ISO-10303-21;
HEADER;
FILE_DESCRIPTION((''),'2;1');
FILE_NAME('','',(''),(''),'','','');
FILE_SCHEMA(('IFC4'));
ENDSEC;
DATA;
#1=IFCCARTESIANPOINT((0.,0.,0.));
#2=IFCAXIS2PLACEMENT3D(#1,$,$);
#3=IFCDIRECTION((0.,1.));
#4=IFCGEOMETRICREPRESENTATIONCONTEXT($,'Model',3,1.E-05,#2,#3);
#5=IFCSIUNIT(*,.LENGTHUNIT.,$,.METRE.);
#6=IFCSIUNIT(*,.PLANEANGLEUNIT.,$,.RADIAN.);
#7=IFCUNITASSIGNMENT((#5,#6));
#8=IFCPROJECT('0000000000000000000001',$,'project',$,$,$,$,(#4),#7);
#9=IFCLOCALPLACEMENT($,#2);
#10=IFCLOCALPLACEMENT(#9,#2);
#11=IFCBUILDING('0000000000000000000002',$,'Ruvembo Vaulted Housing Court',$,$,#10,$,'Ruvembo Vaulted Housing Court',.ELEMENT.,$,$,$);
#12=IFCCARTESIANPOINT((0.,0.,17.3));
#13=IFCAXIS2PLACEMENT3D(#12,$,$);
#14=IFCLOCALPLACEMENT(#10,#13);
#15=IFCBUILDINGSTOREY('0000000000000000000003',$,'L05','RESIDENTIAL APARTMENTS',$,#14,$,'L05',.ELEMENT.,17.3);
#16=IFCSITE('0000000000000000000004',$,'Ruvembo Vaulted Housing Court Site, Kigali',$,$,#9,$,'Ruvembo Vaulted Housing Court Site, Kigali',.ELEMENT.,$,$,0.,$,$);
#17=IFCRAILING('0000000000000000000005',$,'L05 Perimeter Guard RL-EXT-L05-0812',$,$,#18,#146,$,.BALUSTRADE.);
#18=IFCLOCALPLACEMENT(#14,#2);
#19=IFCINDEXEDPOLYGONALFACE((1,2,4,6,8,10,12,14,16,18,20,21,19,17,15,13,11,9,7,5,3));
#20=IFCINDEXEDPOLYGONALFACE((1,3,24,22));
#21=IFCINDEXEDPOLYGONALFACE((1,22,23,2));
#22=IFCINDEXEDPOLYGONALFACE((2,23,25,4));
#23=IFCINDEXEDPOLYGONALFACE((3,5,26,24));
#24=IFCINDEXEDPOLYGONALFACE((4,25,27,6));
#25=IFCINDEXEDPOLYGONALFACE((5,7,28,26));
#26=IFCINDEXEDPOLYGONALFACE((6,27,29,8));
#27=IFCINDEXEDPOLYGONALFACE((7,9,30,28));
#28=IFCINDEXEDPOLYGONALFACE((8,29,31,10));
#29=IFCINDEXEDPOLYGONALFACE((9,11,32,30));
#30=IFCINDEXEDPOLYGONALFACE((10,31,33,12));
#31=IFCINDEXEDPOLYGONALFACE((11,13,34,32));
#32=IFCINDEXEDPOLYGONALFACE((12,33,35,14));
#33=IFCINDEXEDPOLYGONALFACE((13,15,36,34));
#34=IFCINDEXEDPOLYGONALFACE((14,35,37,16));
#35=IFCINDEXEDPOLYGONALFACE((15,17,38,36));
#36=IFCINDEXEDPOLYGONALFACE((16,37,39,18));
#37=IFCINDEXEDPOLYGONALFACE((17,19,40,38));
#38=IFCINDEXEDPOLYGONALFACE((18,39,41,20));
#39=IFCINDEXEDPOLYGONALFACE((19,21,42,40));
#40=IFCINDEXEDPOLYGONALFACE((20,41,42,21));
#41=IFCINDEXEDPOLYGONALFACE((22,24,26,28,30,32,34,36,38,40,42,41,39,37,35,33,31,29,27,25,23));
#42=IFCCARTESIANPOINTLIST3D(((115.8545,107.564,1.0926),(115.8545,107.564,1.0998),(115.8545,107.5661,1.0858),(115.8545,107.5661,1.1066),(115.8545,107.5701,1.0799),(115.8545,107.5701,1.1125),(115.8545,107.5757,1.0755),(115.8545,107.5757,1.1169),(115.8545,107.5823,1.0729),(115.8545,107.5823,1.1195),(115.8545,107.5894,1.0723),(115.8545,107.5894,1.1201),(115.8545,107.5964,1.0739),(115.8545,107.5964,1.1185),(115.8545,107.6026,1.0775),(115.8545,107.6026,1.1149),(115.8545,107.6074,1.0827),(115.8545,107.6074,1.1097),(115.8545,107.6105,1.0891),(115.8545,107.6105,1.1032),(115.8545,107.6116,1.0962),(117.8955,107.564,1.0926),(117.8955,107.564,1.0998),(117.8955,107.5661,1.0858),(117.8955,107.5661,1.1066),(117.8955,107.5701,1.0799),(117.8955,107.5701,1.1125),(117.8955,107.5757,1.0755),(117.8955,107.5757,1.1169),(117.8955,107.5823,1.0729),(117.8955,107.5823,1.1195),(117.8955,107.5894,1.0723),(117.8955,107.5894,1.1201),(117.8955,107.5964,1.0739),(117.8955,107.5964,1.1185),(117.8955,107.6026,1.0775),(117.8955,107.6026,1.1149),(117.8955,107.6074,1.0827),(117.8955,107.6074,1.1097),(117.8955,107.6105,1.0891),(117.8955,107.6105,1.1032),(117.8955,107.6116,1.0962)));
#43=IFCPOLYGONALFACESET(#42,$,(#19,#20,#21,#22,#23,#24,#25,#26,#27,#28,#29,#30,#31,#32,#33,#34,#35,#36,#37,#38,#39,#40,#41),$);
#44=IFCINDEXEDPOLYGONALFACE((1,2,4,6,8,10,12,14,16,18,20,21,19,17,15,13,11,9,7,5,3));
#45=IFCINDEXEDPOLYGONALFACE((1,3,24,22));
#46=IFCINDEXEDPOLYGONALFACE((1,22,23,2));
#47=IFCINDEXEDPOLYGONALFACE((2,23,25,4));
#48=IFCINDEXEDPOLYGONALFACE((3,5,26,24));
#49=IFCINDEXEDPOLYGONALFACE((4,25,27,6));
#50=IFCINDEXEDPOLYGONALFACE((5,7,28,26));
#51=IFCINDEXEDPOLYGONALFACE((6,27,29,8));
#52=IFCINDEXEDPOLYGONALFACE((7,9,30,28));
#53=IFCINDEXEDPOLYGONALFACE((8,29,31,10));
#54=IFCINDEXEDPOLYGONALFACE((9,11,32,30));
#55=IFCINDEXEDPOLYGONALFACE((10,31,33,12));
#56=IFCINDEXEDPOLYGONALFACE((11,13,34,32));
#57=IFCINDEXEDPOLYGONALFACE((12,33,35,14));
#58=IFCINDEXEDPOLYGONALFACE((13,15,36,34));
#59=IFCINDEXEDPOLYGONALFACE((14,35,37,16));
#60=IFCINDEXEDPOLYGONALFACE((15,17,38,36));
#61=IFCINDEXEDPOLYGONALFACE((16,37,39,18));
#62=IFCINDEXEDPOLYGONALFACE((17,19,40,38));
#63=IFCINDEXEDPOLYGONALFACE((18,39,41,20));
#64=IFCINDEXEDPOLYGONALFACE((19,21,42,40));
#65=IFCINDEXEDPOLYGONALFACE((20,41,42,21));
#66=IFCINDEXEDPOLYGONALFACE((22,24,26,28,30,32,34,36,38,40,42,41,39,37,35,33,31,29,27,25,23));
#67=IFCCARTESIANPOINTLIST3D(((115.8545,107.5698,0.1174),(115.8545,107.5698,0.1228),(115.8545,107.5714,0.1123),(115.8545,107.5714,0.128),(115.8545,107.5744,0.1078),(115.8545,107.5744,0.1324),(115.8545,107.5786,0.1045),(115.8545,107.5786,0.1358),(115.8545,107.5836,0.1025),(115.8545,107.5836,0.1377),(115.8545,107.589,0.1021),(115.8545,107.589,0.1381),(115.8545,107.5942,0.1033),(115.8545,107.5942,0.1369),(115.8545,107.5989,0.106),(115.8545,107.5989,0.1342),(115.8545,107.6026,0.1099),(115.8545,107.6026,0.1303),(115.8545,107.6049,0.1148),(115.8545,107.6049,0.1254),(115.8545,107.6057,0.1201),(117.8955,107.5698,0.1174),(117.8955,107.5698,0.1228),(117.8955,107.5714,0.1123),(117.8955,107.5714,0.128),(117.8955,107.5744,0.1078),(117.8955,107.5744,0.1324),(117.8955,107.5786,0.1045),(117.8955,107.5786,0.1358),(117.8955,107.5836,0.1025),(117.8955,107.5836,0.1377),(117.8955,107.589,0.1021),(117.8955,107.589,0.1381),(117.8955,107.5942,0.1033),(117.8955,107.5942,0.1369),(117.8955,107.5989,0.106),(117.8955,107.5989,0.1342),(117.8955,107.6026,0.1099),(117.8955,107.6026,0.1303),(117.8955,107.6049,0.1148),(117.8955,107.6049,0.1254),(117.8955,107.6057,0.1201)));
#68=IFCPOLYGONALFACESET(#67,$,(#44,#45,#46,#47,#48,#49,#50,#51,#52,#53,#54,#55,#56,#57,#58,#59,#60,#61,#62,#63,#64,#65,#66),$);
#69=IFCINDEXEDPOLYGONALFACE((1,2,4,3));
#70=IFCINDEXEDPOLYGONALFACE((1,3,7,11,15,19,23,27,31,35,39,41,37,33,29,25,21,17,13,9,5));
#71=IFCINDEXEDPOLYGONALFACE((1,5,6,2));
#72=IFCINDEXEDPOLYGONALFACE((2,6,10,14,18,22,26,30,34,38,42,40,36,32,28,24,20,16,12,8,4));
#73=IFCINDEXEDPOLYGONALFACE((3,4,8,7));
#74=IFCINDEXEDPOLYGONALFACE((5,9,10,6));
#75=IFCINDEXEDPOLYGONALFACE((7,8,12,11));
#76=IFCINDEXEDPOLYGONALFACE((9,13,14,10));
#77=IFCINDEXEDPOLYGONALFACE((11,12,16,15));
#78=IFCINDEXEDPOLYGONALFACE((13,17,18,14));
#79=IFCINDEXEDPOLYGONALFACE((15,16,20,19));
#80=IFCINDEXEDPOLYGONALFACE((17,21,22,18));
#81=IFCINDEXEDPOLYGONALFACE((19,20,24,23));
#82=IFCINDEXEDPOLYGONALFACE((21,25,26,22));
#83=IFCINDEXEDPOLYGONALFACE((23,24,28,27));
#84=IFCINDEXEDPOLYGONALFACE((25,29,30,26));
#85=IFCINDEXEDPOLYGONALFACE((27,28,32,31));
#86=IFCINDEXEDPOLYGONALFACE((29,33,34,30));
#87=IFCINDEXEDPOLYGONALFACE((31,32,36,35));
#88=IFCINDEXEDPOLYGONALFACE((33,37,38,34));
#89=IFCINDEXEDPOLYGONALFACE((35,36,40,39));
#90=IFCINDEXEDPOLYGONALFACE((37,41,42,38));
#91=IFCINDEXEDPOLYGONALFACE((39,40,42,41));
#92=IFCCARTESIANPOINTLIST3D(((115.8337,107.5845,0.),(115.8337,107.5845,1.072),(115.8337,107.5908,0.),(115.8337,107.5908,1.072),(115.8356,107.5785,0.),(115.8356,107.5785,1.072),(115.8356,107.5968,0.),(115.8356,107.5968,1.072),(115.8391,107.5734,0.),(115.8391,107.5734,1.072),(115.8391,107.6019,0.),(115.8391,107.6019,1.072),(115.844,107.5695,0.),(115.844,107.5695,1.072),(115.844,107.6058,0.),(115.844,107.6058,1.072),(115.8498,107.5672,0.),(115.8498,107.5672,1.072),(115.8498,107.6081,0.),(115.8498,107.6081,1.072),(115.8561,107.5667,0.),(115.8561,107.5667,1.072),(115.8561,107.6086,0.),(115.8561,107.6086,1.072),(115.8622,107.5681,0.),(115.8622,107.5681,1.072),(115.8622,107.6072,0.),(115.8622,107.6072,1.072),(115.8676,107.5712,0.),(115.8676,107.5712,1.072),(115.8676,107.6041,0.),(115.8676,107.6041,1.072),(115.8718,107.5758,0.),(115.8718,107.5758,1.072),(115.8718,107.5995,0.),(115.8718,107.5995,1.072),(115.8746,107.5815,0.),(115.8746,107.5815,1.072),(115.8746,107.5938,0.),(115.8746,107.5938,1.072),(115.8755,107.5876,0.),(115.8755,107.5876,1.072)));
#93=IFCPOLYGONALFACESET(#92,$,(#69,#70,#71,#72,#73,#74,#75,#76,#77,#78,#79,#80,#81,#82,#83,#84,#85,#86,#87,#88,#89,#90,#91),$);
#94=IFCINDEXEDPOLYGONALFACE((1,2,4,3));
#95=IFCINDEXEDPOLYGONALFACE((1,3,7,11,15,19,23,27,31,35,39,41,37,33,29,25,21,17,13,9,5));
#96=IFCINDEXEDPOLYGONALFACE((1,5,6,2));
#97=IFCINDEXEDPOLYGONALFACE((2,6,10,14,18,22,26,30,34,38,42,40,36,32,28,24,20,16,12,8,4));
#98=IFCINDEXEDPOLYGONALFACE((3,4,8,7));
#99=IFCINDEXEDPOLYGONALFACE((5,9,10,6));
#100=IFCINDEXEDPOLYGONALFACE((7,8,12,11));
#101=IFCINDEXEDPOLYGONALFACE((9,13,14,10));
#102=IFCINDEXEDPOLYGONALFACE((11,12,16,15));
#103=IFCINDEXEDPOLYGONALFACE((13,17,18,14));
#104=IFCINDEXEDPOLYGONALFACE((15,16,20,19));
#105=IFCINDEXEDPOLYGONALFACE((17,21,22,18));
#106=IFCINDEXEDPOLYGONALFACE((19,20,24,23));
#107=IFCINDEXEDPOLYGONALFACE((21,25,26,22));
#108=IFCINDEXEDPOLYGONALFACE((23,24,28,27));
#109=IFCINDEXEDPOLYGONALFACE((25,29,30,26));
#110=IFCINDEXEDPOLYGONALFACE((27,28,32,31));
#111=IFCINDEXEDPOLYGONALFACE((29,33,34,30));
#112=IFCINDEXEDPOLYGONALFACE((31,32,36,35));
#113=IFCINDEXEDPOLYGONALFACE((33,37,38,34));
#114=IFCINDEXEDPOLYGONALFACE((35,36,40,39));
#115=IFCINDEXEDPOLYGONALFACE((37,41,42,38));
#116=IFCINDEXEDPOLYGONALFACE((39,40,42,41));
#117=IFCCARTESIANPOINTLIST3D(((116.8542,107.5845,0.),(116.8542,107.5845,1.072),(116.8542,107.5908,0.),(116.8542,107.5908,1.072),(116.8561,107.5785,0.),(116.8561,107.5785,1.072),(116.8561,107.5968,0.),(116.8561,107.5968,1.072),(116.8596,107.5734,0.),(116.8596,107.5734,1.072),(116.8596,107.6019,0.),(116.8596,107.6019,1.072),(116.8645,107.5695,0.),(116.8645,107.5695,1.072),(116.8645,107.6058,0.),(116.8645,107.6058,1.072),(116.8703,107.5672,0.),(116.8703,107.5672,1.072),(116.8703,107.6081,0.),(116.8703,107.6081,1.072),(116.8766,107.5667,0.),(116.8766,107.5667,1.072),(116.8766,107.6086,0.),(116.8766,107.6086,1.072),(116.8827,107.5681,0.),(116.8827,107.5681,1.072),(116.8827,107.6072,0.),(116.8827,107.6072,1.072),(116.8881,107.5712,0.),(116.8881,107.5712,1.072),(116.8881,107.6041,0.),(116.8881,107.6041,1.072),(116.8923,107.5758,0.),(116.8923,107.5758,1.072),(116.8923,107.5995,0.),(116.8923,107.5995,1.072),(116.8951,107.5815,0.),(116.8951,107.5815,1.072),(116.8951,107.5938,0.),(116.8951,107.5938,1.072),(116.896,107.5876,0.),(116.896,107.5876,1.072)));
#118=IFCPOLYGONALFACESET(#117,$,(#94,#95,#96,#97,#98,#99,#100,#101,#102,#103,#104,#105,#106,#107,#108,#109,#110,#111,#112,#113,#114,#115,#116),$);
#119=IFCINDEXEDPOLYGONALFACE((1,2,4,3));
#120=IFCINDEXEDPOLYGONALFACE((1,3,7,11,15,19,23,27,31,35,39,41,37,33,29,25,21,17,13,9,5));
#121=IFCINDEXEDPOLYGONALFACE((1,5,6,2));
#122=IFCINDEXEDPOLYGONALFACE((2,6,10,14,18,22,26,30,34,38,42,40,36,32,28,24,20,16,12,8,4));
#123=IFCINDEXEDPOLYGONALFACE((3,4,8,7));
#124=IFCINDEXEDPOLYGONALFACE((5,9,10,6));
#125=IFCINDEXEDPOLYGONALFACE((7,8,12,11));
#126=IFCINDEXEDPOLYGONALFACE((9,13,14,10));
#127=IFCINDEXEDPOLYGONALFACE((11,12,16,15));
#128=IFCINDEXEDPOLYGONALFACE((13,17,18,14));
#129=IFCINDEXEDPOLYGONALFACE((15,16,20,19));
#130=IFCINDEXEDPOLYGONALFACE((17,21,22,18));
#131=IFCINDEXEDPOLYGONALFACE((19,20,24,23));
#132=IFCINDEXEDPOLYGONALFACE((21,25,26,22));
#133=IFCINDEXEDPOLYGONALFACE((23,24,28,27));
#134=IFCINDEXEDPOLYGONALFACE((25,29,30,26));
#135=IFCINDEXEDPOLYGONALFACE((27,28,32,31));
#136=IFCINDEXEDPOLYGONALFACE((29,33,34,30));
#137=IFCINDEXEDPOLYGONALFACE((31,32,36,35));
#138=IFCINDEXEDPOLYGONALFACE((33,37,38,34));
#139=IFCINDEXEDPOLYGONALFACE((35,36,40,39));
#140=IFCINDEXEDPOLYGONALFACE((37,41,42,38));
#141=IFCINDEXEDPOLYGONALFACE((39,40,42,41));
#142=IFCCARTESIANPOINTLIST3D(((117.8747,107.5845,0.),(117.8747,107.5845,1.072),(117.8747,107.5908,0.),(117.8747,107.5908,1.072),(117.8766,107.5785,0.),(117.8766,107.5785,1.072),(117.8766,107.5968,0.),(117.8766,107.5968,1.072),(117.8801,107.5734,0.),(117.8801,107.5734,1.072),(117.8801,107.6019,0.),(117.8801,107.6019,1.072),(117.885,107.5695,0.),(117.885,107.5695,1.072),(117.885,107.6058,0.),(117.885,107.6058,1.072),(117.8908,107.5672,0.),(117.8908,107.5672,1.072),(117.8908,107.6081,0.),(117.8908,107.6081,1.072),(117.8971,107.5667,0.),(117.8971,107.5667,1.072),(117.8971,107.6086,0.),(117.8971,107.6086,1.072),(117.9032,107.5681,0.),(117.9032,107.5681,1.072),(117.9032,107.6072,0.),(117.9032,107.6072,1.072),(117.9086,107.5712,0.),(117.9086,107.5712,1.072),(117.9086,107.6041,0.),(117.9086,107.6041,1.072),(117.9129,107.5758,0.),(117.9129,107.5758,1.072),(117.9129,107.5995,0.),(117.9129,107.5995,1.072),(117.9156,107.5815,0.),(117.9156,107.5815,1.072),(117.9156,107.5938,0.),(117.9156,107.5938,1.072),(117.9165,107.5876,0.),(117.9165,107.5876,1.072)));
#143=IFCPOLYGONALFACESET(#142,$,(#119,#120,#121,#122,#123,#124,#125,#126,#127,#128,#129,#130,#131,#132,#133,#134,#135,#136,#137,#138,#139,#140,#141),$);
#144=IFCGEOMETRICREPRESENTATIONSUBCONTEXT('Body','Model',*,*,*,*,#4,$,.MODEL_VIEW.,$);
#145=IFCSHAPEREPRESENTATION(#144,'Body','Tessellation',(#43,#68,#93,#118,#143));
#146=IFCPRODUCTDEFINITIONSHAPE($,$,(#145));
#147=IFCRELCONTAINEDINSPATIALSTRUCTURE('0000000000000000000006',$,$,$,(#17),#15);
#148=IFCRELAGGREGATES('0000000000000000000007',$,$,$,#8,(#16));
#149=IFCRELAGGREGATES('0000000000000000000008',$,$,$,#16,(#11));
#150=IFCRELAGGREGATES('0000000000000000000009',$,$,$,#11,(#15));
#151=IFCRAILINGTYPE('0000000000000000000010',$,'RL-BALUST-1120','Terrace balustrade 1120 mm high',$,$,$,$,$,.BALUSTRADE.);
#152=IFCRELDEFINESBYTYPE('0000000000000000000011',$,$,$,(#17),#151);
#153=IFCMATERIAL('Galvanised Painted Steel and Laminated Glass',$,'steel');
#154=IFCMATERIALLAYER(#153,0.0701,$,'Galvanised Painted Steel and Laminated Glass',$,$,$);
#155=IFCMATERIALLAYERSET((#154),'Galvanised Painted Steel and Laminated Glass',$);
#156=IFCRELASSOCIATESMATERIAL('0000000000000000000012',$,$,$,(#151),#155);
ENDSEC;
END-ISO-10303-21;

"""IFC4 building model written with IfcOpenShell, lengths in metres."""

from ifc_helpers import new_model, si_unit, direction, frame, origin, origin_2d, place, context, subcontext, project, spatial, circle, extrude, material, layer, layer_set, type_object, element, save


model = new_model("IFC4")

# Units and contexts
model_context = context("Model", 3, precision=1e-05, world=origin(), true_north=direction((0.0, 1.0)))
body_context = subcontext(model_context, "Body", "Model", "MODEL_VIEW")
ifc_project = project(units=[si_unit("LENGTHUNIT", "METRE"), si_unit("PLANEANGLEUNIT", "RADIAN")], contexts=[model_context])

# Site, building, storey
site_placement = place(None, origin())
site = spatial("IfcSite", under=ifc_project, at=site_placement, Name="Ruvembo Vaulted Housing Court Site, Kigali", LongName="Ruvembo Vaulted Housing Court Site, Kigali", CompositionType="ELEMENT", RefElevation=0.0)
building_placement = place(site_placement, origin())
building = spatial("IfcBuilding", under=site, at=building_placement, Name="Ruvembo Vaulted Housing Court", LongName="Ruvembo Vaulted Housing Court", CompositionType="ELEMENT")
storey_placement = place(building_placement, frame((0.0, 0.0, 17.3)))
storey = spatial("IfcBuildingStorey", under=building, at=storey_placement, Name="L05", Description="RESIDENTIAL APARTMENTS", LongName="L05", CompositionType="ELEMENT", Elevation=17.3)

# Railing
ifc_material_1 = material(Name="Galvanised Painted Steel and Laminated Glass", Category="steel")
ifc_layer_1 = layer(ifc_material_1, 0.0701, Name="Galvanised Painted Steel and Laminated Glass")
ifc_layer_set_1 = layer_set([ifc_layer_1], Name="Galvanised Painted Steel and Laminated Glass")
railing_type = type_object("IfcRailingType", Name="RL-BALUST-1120", Description="Terrace balustrade 1120 mm high", PredefinedType="BALUSTRADE", material=ifc_layer_set_1)
railing_1_placement = place(storey_placement, frame((115.8545, 107.5876, 0.0)))
element("IfcRailing", 1, at=railing_1_placement, inside=storey, type_object=railing_type, Name="L05 Perimeter Guard RL-EXT-L05-0812", PredefinedType="BALUSTRADE", context=body_context, shape_type="SweptSolid", body=[
    extrude(circle(Radius=0.0239, at=origin_2d()), frame((0.0, 0.0, 1.0962), z_axis=(1.0, 0.0, 0.0), x_axis=(0.0, 1.0, 0.0)), (0.0, 0.0, 1.0), 2.041),
    extrude(circle(Radius=0.0181, at=origin_2d()), frame((0.0, 0.0, 0.1201), z_axis=(1.0, 0.0, 0.0), x_axis=(0.0, 1.0, 0.0)), (0.0, 0.0, 1.0), 2.041),
    extrude(circle(Radius=0.021, at=origin_2d()), origin(), (0.0, 0.0, 1.0), 1.072),
    extrude(circle(Radius=0.021, at=origin_2d()), frame((1.0205, 0.0, 0.0)), (0.0, 0.0, 1.0), 1.072),
    extrude(circle(Radius=0.021, at=origin_2d()), frame((2.041, 0.0, 0.0)), (0.0, 0.0, 1.0), 1.072),
])

save(model, "model.ifc")
